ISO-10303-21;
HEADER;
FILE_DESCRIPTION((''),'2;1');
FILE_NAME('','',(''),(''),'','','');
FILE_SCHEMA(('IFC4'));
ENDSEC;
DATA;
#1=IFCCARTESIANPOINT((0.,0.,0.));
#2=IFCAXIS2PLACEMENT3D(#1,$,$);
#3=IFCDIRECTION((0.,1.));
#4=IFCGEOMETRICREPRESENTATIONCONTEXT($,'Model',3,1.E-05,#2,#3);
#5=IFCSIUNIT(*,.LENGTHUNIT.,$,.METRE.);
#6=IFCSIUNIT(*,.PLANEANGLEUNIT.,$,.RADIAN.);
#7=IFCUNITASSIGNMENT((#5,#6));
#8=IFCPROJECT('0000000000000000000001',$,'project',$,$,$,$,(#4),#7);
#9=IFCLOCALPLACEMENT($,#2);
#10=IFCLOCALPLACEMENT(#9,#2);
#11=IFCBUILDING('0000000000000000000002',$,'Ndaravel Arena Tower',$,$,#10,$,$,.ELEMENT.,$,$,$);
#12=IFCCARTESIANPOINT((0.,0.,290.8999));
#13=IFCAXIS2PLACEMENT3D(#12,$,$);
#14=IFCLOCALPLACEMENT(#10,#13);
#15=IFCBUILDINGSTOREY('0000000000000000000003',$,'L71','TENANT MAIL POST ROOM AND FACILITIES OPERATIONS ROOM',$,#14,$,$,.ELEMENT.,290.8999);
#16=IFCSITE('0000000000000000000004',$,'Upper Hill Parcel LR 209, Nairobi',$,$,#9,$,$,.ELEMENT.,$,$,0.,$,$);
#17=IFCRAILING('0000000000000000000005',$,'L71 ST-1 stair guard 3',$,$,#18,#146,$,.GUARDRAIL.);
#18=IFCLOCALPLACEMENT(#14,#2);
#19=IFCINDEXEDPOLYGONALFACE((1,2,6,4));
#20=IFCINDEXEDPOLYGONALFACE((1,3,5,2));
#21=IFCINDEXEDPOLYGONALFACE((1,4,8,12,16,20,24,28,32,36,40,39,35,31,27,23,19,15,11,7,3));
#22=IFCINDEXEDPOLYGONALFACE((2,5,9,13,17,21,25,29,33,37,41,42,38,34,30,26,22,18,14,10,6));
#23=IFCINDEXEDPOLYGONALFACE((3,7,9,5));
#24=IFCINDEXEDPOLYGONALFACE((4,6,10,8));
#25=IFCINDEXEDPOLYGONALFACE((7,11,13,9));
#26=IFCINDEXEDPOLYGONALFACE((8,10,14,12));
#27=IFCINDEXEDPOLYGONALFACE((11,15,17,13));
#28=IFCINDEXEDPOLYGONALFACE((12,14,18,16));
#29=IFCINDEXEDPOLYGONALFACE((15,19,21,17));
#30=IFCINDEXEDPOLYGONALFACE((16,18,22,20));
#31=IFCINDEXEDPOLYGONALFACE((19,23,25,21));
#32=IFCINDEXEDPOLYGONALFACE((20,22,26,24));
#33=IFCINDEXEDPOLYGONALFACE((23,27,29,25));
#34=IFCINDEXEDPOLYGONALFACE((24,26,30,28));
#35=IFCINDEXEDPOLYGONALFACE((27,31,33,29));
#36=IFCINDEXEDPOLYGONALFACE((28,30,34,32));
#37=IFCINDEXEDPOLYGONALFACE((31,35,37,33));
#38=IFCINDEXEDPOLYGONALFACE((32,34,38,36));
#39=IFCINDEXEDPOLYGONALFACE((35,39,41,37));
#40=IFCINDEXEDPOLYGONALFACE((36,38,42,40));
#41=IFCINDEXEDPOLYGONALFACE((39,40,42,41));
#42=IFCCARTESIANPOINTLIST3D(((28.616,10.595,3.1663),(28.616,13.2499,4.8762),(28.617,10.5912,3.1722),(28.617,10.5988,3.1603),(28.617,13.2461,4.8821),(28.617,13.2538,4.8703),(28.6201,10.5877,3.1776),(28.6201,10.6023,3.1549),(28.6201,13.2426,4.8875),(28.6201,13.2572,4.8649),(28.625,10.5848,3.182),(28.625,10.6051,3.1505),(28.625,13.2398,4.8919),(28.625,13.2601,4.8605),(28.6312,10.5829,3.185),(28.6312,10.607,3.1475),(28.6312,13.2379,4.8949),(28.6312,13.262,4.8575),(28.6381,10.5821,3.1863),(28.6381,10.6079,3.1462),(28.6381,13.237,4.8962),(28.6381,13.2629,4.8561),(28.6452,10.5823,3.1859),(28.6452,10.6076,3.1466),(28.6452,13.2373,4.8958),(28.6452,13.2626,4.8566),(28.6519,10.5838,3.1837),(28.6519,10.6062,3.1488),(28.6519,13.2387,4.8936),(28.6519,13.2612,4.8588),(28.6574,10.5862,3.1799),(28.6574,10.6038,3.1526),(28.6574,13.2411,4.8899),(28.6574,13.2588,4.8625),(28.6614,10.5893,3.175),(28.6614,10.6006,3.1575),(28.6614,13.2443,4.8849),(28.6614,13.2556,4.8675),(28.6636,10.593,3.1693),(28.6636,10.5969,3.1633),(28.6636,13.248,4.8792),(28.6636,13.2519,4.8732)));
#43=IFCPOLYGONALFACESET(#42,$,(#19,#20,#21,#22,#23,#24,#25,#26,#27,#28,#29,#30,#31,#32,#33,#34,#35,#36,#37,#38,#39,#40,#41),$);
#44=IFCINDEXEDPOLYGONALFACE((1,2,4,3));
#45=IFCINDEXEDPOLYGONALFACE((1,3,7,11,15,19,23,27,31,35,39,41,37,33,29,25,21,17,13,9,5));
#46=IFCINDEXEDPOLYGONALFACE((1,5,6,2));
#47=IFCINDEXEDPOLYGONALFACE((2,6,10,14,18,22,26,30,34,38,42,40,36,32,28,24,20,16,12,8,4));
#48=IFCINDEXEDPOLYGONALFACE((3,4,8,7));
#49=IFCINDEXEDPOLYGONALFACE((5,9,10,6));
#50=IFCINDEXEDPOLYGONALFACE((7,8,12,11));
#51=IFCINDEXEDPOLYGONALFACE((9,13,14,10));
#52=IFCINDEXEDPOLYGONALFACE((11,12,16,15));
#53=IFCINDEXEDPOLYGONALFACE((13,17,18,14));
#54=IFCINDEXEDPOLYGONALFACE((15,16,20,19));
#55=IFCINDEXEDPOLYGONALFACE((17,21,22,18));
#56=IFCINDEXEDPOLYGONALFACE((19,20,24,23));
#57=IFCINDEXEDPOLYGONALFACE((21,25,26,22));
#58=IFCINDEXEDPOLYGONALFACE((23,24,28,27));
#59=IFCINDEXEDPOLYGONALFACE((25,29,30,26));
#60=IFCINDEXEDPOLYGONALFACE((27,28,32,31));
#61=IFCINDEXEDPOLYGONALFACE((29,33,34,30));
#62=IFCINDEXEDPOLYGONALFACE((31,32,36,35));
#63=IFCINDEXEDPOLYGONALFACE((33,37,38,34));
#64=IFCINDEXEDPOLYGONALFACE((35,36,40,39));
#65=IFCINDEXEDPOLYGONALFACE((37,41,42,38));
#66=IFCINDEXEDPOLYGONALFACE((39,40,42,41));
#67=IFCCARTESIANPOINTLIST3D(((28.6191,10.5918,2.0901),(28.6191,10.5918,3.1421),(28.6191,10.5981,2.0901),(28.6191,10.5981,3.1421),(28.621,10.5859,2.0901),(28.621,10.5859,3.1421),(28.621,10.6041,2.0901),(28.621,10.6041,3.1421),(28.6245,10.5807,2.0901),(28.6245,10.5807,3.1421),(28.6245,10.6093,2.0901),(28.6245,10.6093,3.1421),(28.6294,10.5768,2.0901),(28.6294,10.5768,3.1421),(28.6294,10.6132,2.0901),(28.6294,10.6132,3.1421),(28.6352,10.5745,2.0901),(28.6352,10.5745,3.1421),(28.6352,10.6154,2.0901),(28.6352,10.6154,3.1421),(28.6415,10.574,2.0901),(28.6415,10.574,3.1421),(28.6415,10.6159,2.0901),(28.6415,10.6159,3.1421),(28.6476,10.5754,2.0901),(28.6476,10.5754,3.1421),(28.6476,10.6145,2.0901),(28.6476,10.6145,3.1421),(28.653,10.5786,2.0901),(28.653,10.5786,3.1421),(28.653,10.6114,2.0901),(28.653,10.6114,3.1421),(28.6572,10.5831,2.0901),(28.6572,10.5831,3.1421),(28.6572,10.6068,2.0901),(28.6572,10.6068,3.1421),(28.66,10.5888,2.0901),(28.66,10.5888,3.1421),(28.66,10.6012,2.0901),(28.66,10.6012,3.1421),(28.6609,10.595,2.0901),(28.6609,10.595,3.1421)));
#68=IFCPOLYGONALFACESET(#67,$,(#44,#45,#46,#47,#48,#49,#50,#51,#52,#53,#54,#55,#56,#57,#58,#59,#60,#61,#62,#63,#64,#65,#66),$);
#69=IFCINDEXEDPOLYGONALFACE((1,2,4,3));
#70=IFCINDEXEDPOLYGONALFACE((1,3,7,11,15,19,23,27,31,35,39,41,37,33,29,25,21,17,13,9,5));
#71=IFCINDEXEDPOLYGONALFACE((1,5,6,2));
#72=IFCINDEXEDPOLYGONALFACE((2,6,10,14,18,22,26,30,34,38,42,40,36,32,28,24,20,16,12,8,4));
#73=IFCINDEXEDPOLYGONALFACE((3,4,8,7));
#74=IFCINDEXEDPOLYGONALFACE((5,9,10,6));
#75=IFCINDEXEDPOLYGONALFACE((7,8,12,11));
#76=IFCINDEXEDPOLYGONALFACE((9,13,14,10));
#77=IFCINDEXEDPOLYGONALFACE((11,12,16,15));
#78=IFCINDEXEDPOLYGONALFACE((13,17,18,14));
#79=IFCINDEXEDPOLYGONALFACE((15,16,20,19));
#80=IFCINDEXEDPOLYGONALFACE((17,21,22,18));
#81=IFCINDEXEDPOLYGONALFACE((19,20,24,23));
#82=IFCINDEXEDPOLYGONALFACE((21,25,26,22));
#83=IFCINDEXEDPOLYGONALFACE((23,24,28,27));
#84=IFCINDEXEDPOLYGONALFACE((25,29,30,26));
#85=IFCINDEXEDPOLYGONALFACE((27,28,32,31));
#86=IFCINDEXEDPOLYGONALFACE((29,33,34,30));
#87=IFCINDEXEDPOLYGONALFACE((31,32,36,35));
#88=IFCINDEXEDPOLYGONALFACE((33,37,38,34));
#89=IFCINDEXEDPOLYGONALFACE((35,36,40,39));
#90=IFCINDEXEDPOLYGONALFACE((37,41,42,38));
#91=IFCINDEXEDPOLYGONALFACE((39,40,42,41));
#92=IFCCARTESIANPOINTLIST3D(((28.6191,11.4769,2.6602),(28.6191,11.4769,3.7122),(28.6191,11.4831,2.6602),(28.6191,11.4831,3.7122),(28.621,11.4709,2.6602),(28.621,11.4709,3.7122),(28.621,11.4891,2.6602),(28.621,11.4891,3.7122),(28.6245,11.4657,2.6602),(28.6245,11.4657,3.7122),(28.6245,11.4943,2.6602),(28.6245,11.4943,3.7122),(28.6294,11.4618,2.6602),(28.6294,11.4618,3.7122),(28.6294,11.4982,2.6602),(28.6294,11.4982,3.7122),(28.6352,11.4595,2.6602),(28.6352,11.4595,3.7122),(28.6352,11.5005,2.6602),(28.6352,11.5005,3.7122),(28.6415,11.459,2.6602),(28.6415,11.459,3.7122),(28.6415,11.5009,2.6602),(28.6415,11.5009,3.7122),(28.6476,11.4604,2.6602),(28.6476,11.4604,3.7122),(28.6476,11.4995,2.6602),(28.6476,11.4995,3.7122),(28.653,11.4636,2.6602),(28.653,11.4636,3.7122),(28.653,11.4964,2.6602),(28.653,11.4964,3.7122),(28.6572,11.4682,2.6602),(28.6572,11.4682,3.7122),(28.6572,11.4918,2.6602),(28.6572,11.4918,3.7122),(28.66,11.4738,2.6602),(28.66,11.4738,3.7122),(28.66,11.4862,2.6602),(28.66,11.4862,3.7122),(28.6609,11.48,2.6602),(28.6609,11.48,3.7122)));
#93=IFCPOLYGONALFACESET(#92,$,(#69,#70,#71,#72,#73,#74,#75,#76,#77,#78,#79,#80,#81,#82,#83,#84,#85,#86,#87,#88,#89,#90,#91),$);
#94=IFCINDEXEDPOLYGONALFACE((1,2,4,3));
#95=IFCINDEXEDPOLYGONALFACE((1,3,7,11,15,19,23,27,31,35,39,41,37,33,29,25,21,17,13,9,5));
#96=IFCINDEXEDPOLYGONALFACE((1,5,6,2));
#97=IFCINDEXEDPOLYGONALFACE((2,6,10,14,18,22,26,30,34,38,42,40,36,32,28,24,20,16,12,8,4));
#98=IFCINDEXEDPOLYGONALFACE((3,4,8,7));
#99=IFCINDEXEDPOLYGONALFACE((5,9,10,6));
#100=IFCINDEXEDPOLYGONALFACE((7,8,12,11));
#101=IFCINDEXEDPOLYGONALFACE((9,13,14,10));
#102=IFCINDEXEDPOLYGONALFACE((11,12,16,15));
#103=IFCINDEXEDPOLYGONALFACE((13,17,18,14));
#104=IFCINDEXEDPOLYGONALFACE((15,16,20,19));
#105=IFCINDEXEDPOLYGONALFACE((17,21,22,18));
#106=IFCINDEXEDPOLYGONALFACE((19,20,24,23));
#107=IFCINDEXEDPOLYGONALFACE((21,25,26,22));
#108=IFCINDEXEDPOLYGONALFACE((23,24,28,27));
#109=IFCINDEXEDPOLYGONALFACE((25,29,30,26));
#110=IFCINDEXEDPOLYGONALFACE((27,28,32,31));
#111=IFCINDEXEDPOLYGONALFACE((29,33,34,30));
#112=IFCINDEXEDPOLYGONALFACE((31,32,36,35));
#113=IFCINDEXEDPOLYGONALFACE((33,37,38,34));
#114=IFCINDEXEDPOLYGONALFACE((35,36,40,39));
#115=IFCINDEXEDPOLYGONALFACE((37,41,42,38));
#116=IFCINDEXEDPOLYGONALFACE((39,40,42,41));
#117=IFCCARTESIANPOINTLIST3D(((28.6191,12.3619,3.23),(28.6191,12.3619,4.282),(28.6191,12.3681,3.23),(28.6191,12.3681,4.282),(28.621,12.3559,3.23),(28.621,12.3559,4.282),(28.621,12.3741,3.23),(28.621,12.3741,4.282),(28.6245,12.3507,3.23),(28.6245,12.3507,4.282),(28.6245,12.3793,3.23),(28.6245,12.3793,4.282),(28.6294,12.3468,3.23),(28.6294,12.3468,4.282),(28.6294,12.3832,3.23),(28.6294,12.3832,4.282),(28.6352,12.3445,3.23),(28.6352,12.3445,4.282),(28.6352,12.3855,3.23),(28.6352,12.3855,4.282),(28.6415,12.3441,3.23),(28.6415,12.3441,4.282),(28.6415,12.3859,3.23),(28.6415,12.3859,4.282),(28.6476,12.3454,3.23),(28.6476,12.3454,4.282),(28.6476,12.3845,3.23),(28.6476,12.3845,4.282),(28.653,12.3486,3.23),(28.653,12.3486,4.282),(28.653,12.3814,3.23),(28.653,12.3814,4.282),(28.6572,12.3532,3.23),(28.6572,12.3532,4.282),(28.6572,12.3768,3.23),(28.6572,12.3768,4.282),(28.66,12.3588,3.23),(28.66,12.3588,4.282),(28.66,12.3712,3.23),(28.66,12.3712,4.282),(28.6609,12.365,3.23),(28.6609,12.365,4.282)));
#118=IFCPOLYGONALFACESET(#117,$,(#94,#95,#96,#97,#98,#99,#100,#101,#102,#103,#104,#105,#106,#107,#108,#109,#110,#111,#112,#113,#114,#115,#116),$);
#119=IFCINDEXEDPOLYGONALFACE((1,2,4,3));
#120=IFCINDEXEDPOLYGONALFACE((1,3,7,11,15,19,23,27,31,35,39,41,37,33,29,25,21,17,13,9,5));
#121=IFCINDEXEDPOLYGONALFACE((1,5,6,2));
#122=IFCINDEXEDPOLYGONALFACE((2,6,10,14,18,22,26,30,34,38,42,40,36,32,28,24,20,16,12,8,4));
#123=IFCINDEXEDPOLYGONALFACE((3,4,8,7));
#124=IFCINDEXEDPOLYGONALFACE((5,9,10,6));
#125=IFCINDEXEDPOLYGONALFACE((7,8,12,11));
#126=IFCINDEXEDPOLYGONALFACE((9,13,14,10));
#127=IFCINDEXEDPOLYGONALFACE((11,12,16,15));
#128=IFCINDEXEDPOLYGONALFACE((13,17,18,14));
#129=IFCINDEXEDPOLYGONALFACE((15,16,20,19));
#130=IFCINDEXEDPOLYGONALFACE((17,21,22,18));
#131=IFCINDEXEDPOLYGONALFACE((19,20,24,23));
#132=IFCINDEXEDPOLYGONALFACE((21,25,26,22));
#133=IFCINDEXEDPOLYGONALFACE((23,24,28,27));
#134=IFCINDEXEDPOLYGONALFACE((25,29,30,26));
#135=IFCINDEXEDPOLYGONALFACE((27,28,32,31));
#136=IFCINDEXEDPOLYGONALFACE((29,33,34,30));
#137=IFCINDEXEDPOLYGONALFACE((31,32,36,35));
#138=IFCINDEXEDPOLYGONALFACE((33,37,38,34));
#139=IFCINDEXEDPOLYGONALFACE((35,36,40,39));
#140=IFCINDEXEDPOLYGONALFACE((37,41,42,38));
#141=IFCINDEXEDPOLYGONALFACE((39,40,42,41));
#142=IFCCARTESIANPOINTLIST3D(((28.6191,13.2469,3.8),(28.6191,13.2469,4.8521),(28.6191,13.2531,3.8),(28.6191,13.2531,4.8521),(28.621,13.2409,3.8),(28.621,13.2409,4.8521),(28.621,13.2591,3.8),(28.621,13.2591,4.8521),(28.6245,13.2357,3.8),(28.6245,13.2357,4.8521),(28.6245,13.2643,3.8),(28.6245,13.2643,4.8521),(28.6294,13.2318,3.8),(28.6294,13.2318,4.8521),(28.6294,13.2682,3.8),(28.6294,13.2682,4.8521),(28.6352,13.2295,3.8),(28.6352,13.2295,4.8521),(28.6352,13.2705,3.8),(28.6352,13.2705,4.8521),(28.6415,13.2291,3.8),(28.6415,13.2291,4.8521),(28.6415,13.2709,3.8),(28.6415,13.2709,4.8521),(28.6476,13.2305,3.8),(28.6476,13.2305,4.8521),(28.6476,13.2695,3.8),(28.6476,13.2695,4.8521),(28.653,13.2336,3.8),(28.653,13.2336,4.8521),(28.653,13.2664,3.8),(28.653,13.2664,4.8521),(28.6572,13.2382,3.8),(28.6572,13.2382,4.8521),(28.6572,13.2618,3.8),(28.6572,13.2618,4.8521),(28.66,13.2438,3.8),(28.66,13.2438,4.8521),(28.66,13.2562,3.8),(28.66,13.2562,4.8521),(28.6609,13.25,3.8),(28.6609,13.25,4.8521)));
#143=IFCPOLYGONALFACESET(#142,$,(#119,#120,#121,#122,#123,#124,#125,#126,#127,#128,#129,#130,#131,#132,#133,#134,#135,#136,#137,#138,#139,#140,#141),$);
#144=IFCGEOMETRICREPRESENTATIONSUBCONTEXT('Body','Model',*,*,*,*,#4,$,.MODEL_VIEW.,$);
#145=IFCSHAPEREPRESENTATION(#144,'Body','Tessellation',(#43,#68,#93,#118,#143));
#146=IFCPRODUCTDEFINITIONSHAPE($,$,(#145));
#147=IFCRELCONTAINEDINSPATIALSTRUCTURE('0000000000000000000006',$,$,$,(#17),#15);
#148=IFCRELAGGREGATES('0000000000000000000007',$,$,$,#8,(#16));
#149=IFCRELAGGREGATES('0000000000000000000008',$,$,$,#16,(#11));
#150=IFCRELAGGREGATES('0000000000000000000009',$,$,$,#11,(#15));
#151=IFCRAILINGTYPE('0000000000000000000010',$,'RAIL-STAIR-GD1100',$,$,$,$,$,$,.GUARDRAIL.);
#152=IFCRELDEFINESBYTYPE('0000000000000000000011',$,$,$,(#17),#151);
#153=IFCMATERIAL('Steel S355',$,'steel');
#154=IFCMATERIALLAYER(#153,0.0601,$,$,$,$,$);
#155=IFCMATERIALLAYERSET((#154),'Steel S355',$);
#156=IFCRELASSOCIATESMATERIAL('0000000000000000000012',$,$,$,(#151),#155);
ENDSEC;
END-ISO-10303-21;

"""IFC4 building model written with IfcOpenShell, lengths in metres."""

from ifc_helpers import new_model, si_unit, direction, frame, origin, origin_2d, place, context, subcontext, project, spatial, circle, extrude, material, layer, layer_set, type_object, element, save


model = new_model("IFC4")

# Units and contexts
model_context = context("Model", 3, precision=1e-05, world=origin(), true_north=direction((0.0, 1.0)))
body_context = subcontext(model_context, "Body", "Model", "MODEL_VIEW")
ifc_project = project(units=[si_unit("LENGTHUNIT", "METRE"), si_unit("PLANEANGLEUNIT", "RADIAN")], contexts=[model_context])

# Site, building, storey
site_placement = place(None, origin())
site = spatial("IfcSite", under=ifc_project, at=site_placement, Name="Upper Hill Parcel LR 209, Nairobi", CompositionType="ELEMENT", RefElevation=0.0)
building_placement = place(site_placement, origin())
building = spatial("IfcBuilding", under=site, at=building_placement, Name="Ndaravel Arena Tower", CompositionType="ELEMENT")
storey_placement = place(building_placement, frame((0.0, 0.0, 290.8999)))
storey = spatial("IfcBuildingStorey", under=building, at=storey_placement, Name="L71", Description="TENANT MAIL POST ROOM AND FACILITIES OPERATIONS ROOM", CompositionType="ELEMENT", Elevation=290.8999)

# Railing
ifc_material_1 = material(Name="Steel S355", Category="steel")
ifc_layer_1 = layer(ifc_material_1, 0.0601)
ifc_layer_set_1 = layer_set([ifc_layer_1], Name="Steel S355")
railing_type_1 = type_object("IfcRailingType", Name="RAIL-STAIR-GD1100", PredefinedType="GUARDRAIL", material=ifc_layer_set_1)
railing_1_placement = place(storey_placement, frame((28.6399, 10.595, 2.0901)))
element("IfcRailing", 1, at=railing_1_placement, inside=storey, type_object=railing_type_1, Name="L71 ST-1 stair guard 3", PredefinedType="GUARDRAIL", context=body_context, shape_type="SweptSolid", body=[
    extrude(circle(Radius=0.0239, at=origin_2d()), frame((0.0, 0.0, 1.0762), z_axis=(0.0, 0.840724, 0.541465), x_axis=(-1.0, 0.0, 0.0)), (0.0, 0.0, 1.0), 3.158),
    extrude(circle(Radius=0.021, at=origin_2d()), origin(), (0.0, 0.0, 1.0), 1.052),
    extrude(circle(Radius=0.021, at=origin_2d()), frame((0.0, 0.885, 0.5701)), (0.0, 0.0, 1.0), 1.052),
    extrude(circle(Radius=0.021, at=origin_2d()), frame((0.0, 1.77, 1.1399)), (0.0, 0.0, 1.0), 1.052),
    extrude(circle(Radius=0.021, at=origin_2d()), frame((0.0, 2.655, 1.71)), (0.0, 0.0, 1.0), 1.052),
])

save(model, "model.ifc")
